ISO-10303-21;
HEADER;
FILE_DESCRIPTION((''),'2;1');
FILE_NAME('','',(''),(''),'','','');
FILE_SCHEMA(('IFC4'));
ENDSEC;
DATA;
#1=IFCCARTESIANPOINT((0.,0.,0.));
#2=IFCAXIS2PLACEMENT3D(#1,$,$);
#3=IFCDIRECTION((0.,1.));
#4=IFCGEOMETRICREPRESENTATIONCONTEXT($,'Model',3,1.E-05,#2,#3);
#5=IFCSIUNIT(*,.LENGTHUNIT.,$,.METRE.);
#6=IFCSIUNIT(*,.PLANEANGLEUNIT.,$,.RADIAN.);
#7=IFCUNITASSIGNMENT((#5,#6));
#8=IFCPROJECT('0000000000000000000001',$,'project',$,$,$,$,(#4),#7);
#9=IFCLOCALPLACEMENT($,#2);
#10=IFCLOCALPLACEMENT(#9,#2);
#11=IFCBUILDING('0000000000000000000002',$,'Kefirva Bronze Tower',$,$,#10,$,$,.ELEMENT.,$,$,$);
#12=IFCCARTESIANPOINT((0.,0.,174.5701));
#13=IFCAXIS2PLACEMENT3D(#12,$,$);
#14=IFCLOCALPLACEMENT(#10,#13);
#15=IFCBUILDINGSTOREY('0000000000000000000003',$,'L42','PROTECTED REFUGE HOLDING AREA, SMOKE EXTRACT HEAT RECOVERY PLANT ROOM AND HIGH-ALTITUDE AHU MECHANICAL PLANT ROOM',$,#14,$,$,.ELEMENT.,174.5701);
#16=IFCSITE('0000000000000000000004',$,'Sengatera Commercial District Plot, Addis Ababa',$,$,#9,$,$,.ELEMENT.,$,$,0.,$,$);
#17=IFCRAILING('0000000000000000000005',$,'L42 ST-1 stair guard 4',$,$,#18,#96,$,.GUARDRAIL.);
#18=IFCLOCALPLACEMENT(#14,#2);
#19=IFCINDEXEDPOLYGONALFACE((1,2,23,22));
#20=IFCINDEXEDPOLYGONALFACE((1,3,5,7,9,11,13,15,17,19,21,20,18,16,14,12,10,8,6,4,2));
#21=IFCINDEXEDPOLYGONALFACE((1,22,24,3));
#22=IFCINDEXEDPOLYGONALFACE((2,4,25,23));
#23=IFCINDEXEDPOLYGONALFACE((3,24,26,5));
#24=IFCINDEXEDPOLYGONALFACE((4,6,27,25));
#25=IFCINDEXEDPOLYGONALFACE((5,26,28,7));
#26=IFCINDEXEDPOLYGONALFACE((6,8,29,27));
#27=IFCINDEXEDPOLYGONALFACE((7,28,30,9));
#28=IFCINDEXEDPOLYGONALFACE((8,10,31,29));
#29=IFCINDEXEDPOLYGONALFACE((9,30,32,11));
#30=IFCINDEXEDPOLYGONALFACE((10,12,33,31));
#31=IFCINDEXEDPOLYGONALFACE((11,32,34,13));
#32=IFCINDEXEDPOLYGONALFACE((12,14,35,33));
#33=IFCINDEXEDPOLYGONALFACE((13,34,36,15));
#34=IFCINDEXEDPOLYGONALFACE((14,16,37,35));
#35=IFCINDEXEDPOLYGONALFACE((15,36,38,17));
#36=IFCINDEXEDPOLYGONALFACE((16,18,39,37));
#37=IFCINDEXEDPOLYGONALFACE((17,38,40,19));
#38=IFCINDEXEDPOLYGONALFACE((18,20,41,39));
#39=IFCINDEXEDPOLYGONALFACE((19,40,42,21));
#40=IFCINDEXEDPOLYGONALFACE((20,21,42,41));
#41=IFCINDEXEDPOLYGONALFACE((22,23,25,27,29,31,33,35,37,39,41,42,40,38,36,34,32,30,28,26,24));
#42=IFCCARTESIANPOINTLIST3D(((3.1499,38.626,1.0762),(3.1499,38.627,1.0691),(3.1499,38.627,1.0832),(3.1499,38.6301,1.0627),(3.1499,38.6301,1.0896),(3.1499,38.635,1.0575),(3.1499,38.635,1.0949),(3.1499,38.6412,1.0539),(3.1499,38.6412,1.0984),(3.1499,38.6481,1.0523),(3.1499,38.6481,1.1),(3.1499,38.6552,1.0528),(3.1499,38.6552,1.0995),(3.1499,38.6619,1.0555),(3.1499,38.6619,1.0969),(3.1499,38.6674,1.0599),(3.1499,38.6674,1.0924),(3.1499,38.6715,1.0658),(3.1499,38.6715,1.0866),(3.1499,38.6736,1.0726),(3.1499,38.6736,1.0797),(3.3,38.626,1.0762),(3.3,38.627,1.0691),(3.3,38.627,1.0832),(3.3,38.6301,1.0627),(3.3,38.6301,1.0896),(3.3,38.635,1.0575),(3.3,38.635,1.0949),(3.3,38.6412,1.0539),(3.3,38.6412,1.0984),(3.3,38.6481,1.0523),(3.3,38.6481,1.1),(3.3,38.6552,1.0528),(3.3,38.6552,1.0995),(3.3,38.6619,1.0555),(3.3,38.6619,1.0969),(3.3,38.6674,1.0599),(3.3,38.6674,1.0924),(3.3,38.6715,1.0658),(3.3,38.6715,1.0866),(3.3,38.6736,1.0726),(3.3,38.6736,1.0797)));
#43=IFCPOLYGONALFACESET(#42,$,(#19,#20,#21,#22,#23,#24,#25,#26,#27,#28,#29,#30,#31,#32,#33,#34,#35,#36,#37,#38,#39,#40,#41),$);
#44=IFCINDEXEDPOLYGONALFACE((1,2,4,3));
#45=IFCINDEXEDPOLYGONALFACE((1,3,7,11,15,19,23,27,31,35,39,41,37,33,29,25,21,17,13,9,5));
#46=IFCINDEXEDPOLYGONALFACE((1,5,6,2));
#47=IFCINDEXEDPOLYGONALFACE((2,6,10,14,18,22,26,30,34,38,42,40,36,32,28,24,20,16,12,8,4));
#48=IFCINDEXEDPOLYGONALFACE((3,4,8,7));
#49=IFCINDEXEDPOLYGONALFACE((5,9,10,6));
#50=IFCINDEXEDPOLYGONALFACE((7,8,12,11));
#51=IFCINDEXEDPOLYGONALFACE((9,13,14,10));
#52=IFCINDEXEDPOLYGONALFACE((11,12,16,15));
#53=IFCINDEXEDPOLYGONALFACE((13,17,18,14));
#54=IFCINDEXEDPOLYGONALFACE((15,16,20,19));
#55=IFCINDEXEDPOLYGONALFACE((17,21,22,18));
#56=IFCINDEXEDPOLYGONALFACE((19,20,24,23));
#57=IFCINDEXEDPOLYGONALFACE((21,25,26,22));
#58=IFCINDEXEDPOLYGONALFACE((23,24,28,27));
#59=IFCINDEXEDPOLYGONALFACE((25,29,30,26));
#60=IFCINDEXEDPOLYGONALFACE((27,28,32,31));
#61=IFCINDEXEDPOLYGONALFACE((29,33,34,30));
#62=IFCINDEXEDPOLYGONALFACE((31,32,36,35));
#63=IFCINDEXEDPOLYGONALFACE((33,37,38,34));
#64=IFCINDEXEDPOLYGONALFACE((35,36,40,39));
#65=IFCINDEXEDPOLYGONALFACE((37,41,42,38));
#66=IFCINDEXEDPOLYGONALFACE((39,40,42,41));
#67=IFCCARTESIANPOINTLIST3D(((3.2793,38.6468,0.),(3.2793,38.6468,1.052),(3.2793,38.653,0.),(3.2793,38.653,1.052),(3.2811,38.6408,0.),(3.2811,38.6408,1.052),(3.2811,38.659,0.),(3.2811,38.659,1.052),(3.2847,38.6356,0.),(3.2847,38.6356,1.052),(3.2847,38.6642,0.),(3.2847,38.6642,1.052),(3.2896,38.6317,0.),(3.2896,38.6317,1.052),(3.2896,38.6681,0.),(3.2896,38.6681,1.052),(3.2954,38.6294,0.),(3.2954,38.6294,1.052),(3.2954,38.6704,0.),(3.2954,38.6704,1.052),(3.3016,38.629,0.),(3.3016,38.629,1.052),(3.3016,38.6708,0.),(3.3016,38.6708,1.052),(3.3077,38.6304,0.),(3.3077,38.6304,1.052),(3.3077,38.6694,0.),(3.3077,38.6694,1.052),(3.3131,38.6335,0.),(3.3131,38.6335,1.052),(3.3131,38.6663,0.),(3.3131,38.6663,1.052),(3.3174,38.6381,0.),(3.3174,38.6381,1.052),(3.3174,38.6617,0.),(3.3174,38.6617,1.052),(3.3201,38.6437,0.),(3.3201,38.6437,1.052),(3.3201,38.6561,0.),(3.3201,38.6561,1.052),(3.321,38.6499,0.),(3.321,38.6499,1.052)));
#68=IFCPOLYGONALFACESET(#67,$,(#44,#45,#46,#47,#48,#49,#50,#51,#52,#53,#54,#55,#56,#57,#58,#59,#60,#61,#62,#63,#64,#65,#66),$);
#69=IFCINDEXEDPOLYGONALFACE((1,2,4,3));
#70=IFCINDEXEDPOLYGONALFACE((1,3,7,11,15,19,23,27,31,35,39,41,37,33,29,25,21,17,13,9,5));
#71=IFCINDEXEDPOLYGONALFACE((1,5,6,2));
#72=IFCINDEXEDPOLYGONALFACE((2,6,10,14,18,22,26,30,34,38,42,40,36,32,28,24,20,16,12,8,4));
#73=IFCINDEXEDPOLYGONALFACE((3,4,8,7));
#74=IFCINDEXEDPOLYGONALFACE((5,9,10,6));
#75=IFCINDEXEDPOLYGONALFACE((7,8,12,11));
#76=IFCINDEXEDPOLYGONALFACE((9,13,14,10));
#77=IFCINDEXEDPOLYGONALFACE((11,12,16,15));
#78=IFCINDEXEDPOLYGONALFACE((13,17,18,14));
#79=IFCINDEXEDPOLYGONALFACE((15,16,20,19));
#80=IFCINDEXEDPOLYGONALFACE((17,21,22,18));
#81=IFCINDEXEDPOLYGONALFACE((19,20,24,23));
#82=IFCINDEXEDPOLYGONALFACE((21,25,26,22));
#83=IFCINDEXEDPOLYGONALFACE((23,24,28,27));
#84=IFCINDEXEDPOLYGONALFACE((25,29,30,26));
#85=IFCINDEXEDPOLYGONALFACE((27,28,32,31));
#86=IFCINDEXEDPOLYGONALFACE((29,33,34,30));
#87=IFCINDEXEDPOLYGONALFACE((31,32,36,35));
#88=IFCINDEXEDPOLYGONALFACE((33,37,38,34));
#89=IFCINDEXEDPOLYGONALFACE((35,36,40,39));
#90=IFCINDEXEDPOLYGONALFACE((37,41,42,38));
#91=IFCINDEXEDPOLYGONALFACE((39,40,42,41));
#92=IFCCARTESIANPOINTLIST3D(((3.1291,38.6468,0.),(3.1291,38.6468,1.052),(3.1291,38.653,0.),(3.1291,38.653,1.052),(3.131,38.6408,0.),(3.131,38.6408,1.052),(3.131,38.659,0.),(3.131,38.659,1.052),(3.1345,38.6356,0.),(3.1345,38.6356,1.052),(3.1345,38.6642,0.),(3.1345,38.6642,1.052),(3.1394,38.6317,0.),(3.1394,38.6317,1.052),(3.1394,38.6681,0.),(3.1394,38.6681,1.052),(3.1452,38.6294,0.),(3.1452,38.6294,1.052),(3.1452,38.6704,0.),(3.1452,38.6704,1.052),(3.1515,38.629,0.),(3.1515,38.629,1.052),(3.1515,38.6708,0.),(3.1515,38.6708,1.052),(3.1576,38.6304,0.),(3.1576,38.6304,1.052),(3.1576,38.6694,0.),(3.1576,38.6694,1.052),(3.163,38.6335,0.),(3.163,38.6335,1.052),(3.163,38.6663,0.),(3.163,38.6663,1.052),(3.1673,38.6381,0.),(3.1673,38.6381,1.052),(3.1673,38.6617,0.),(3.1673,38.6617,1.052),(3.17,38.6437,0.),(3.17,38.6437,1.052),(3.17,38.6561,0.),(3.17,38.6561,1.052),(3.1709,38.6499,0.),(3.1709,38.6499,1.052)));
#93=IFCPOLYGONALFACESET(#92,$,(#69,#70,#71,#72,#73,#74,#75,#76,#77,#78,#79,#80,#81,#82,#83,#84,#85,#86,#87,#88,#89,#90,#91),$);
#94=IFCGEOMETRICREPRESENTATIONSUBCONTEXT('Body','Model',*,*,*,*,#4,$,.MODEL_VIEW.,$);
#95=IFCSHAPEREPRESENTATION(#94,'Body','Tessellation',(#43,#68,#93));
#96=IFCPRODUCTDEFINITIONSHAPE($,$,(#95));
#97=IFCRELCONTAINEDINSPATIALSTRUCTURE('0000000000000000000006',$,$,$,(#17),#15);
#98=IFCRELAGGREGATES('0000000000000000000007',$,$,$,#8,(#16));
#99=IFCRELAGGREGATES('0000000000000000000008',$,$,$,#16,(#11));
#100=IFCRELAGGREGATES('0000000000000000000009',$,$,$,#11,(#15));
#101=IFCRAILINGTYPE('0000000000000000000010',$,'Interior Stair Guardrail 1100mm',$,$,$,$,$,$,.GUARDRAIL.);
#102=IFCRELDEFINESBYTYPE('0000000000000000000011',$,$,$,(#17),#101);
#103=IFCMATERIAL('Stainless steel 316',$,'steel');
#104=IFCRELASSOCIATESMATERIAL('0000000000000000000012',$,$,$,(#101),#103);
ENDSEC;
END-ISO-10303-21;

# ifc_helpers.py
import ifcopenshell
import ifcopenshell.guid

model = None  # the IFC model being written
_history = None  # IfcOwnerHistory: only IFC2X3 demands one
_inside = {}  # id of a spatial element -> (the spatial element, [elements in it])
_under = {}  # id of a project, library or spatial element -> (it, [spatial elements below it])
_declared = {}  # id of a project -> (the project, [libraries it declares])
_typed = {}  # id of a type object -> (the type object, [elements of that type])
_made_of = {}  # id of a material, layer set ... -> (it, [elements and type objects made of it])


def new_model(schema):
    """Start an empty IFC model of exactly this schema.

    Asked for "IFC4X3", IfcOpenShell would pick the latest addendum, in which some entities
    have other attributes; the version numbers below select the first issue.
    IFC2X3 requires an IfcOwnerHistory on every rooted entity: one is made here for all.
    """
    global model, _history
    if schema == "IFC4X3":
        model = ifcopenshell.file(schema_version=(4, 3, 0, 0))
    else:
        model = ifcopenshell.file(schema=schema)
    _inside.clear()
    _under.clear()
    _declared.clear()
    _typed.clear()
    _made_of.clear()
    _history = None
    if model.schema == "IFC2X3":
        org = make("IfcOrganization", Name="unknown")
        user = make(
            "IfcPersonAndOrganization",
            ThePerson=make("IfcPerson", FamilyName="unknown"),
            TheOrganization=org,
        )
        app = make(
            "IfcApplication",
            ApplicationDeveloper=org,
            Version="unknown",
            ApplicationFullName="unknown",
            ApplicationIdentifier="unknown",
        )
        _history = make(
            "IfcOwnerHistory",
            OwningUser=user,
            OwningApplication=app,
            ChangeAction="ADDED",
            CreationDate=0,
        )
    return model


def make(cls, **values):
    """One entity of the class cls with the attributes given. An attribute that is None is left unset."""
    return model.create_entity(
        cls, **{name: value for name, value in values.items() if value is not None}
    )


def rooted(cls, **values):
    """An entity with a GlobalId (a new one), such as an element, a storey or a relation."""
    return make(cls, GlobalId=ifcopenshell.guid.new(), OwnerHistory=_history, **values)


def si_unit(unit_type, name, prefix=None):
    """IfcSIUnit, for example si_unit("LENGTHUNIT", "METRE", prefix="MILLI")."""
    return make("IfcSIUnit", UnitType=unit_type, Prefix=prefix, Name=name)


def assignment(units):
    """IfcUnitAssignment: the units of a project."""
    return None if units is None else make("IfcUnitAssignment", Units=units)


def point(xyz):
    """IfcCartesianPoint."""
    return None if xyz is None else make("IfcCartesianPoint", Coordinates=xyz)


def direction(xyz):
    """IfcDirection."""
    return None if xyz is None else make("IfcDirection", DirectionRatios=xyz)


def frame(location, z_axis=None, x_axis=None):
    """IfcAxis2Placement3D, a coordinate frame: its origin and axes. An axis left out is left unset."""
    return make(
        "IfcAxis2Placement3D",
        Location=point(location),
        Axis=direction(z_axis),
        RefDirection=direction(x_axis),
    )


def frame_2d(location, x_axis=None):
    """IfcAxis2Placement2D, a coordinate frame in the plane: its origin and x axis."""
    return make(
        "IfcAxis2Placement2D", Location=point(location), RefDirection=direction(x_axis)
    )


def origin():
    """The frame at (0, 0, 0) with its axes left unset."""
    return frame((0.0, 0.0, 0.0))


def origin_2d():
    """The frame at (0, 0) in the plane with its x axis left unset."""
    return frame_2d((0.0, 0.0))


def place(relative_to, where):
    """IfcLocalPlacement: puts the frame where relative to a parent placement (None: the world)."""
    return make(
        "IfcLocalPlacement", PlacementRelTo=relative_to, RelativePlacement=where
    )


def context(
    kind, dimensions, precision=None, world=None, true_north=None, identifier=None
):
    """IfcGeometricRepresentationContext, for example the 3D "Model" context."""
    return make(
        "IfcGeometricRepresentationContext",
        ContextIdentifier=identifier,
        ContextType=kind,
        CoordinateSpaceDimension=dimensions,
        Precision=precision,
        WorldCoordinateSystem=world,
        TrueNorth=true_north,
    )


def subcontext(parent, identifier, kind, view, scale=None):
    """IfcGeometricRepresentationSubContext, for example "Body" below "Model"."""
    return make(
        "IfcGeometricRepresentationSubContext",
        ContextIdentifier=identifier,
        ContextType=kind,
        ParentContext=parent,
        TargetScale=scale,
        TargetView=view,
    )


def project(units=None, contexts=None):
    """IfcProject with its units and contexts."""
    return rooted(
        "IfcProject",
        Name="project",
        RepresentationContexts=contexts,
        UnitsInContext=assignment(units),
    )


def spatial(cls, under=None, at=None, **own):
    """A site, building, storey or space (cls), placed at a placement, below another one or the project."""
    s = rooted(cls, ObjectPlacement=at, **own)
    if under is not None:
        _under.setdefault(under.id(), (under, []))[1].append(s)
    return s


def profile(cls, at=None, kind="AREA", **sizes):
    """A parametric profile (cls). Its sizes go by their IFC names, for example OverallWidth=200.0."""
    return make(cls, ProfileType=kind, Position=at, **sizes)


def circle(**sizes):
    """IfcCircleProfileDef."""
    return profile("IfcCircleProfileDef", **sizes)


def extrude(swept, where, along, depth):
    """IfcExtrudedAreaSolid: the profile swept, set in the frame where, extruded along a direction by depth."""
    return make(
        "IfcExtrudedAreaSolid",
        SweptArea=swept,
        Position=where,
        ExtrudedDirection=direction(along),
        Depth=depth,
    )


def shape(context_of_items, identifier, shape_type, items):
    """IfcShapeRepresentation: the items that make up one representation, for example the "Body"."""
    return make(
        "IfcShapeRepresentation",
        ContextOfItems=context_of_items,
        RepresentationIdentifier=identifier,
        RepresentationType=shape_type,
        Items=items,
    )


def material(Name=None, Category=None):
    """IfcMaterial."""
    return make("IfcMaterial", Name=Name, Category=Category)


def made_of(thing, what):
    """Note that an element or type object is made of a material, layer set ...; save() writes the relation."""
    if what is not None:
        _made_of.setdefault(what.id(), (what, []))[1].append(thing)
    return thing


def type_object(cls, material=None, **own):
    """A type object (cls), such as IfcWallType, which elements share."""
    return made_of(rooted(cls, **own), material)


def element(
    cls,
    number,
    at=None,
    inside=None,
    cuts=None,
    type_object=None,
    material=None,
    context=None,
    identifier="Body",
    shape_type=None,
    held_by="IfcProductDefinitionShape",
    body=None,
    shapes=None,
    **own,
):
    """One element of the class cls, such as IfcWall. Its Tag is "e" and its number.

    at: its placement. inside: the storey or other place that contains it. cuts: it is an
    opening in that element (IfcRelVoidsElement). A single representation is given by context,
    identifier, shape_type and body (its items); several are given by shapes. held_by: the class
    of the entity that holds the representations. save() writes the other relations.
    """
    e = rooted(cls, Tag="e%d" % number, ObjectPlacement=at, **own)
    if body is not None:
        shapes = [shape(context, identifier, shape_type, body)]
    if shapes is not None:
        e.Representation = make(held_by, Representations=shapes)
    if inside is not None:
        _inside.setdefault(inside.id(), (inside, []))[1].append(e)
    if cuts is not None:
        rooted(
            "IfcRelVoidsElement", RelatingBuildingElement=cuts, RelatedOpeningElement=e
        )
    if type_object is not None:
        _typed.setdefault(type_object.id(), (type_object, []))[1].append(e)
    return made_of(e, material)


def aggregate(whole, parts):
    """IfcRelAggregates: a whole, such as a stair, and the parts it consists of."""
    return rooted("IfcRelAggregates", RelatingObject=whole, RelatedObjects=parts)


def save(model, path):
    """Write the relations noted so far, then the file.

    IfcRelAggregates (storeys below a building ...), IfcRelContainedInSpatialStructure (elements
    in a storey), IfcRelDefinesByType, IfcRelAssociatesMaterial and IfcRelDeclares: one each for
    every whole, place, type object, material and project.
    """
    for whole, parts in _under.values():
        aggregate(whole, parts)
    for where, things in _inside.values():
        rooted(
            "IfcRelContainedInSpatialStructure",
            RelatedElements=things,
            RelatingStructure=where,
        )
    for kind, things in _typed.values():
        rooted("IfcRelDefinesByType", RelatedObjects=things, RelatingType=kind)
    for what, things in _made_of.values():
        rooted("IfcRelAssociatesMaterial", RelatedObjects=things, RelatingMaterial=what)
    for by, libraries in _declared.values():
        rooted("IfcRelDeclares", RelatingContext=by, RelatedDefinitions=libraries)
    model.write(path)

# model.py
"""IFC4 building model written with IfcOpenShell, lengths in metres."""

from ifc_helpers import new_model, si_unit, direction, frame, origin, origin_2d, place, context, subcontext, project, spatial, circle, extrude, material, type_object, element, save


model = new_model("IFC4")

# Units and contexts
model_context = context("Model", 3, precision=1e-05, world=origin(), true_north=direction((0.0, 1.0)))
body_context = subcontext(model_context, "Body", "Model", "MODEL_VIEW")
ifc_project = project(units=[si_unit("LENGTHUNIT", "METRE"), si_unit("PLANEANGLEUNIT", "RADIAN")], contexts=[model_context])

# Site, building, storey
site_placement = place(None, origin())
site = spatial("IfcSite", under=ifc_project, at=site_placement, Name="Sengatera Commercial District Plot, Addis Ababa", CompositionType="ELEMENT", RefElevation=0.0)
building_placement = place(site_placement, origin())
building = spatial("IfcBuilding", under=site, at=building_placement, Name="Kefirva Bronze Tower", CompositionType="ELEMENT")
storey_placement = place(building_placement, frame((0.0, 0.0, 174.5701)))
storey = spatial("IfcBuildingStorey", under=building, at=storey_placement, Name="L42", Description="PROTECTED REFUGE HOLDING AREA, SMOKE EXTRACT HEAT RECOVERY PLANT ROOM AND HIGH-ALTITUDE AHU MECHANICAL PLANT ROOM", CompositionType="ELEMENT", Elevation=174.5701)

# Railing
ifc_material_1 = material(Name="Stainless steel 316", Category="steel")
railing_type_1 = type_object("IfcRailingType", Name="Interior Stair Guardrail 1100mm", PredefinedType="GUARDRAIL", material=ifc_material_1)
railing_1_placement = place(storey_placement, frame((3.3, 38.6499, 0.0)))
element("IfcRailing", 1, at=railing_1_placement, inside=storey, type_object=railing_type_1, Name="L42 ST-1 stair guard 4", PredefinedType="GUARDRAIL", context=body_context, shape_type="SweptSolid", body=[
    extrude(circle(Radius=0.0239, at=origin_2d()), frame((0.0, 0.0, 1.0762), z_axis=(-1.0, 0.0, 0.0), x_axis=(0.0, -1.0, 0.0)), (0.0, 0.0, 1.0), 0.1501),
    extrude(circle(Radius=0.021, at=origin_2d()), origin(), (0.0, 0.0, 1.0), 1.052),
    extrude(circle(Radius=0.021, at=origin_2d()), frame((-0.1501, 0.0, 0.0)), (0.0, 0.0, 1.0), 1.052),
])

save(model, "model.ifc")
